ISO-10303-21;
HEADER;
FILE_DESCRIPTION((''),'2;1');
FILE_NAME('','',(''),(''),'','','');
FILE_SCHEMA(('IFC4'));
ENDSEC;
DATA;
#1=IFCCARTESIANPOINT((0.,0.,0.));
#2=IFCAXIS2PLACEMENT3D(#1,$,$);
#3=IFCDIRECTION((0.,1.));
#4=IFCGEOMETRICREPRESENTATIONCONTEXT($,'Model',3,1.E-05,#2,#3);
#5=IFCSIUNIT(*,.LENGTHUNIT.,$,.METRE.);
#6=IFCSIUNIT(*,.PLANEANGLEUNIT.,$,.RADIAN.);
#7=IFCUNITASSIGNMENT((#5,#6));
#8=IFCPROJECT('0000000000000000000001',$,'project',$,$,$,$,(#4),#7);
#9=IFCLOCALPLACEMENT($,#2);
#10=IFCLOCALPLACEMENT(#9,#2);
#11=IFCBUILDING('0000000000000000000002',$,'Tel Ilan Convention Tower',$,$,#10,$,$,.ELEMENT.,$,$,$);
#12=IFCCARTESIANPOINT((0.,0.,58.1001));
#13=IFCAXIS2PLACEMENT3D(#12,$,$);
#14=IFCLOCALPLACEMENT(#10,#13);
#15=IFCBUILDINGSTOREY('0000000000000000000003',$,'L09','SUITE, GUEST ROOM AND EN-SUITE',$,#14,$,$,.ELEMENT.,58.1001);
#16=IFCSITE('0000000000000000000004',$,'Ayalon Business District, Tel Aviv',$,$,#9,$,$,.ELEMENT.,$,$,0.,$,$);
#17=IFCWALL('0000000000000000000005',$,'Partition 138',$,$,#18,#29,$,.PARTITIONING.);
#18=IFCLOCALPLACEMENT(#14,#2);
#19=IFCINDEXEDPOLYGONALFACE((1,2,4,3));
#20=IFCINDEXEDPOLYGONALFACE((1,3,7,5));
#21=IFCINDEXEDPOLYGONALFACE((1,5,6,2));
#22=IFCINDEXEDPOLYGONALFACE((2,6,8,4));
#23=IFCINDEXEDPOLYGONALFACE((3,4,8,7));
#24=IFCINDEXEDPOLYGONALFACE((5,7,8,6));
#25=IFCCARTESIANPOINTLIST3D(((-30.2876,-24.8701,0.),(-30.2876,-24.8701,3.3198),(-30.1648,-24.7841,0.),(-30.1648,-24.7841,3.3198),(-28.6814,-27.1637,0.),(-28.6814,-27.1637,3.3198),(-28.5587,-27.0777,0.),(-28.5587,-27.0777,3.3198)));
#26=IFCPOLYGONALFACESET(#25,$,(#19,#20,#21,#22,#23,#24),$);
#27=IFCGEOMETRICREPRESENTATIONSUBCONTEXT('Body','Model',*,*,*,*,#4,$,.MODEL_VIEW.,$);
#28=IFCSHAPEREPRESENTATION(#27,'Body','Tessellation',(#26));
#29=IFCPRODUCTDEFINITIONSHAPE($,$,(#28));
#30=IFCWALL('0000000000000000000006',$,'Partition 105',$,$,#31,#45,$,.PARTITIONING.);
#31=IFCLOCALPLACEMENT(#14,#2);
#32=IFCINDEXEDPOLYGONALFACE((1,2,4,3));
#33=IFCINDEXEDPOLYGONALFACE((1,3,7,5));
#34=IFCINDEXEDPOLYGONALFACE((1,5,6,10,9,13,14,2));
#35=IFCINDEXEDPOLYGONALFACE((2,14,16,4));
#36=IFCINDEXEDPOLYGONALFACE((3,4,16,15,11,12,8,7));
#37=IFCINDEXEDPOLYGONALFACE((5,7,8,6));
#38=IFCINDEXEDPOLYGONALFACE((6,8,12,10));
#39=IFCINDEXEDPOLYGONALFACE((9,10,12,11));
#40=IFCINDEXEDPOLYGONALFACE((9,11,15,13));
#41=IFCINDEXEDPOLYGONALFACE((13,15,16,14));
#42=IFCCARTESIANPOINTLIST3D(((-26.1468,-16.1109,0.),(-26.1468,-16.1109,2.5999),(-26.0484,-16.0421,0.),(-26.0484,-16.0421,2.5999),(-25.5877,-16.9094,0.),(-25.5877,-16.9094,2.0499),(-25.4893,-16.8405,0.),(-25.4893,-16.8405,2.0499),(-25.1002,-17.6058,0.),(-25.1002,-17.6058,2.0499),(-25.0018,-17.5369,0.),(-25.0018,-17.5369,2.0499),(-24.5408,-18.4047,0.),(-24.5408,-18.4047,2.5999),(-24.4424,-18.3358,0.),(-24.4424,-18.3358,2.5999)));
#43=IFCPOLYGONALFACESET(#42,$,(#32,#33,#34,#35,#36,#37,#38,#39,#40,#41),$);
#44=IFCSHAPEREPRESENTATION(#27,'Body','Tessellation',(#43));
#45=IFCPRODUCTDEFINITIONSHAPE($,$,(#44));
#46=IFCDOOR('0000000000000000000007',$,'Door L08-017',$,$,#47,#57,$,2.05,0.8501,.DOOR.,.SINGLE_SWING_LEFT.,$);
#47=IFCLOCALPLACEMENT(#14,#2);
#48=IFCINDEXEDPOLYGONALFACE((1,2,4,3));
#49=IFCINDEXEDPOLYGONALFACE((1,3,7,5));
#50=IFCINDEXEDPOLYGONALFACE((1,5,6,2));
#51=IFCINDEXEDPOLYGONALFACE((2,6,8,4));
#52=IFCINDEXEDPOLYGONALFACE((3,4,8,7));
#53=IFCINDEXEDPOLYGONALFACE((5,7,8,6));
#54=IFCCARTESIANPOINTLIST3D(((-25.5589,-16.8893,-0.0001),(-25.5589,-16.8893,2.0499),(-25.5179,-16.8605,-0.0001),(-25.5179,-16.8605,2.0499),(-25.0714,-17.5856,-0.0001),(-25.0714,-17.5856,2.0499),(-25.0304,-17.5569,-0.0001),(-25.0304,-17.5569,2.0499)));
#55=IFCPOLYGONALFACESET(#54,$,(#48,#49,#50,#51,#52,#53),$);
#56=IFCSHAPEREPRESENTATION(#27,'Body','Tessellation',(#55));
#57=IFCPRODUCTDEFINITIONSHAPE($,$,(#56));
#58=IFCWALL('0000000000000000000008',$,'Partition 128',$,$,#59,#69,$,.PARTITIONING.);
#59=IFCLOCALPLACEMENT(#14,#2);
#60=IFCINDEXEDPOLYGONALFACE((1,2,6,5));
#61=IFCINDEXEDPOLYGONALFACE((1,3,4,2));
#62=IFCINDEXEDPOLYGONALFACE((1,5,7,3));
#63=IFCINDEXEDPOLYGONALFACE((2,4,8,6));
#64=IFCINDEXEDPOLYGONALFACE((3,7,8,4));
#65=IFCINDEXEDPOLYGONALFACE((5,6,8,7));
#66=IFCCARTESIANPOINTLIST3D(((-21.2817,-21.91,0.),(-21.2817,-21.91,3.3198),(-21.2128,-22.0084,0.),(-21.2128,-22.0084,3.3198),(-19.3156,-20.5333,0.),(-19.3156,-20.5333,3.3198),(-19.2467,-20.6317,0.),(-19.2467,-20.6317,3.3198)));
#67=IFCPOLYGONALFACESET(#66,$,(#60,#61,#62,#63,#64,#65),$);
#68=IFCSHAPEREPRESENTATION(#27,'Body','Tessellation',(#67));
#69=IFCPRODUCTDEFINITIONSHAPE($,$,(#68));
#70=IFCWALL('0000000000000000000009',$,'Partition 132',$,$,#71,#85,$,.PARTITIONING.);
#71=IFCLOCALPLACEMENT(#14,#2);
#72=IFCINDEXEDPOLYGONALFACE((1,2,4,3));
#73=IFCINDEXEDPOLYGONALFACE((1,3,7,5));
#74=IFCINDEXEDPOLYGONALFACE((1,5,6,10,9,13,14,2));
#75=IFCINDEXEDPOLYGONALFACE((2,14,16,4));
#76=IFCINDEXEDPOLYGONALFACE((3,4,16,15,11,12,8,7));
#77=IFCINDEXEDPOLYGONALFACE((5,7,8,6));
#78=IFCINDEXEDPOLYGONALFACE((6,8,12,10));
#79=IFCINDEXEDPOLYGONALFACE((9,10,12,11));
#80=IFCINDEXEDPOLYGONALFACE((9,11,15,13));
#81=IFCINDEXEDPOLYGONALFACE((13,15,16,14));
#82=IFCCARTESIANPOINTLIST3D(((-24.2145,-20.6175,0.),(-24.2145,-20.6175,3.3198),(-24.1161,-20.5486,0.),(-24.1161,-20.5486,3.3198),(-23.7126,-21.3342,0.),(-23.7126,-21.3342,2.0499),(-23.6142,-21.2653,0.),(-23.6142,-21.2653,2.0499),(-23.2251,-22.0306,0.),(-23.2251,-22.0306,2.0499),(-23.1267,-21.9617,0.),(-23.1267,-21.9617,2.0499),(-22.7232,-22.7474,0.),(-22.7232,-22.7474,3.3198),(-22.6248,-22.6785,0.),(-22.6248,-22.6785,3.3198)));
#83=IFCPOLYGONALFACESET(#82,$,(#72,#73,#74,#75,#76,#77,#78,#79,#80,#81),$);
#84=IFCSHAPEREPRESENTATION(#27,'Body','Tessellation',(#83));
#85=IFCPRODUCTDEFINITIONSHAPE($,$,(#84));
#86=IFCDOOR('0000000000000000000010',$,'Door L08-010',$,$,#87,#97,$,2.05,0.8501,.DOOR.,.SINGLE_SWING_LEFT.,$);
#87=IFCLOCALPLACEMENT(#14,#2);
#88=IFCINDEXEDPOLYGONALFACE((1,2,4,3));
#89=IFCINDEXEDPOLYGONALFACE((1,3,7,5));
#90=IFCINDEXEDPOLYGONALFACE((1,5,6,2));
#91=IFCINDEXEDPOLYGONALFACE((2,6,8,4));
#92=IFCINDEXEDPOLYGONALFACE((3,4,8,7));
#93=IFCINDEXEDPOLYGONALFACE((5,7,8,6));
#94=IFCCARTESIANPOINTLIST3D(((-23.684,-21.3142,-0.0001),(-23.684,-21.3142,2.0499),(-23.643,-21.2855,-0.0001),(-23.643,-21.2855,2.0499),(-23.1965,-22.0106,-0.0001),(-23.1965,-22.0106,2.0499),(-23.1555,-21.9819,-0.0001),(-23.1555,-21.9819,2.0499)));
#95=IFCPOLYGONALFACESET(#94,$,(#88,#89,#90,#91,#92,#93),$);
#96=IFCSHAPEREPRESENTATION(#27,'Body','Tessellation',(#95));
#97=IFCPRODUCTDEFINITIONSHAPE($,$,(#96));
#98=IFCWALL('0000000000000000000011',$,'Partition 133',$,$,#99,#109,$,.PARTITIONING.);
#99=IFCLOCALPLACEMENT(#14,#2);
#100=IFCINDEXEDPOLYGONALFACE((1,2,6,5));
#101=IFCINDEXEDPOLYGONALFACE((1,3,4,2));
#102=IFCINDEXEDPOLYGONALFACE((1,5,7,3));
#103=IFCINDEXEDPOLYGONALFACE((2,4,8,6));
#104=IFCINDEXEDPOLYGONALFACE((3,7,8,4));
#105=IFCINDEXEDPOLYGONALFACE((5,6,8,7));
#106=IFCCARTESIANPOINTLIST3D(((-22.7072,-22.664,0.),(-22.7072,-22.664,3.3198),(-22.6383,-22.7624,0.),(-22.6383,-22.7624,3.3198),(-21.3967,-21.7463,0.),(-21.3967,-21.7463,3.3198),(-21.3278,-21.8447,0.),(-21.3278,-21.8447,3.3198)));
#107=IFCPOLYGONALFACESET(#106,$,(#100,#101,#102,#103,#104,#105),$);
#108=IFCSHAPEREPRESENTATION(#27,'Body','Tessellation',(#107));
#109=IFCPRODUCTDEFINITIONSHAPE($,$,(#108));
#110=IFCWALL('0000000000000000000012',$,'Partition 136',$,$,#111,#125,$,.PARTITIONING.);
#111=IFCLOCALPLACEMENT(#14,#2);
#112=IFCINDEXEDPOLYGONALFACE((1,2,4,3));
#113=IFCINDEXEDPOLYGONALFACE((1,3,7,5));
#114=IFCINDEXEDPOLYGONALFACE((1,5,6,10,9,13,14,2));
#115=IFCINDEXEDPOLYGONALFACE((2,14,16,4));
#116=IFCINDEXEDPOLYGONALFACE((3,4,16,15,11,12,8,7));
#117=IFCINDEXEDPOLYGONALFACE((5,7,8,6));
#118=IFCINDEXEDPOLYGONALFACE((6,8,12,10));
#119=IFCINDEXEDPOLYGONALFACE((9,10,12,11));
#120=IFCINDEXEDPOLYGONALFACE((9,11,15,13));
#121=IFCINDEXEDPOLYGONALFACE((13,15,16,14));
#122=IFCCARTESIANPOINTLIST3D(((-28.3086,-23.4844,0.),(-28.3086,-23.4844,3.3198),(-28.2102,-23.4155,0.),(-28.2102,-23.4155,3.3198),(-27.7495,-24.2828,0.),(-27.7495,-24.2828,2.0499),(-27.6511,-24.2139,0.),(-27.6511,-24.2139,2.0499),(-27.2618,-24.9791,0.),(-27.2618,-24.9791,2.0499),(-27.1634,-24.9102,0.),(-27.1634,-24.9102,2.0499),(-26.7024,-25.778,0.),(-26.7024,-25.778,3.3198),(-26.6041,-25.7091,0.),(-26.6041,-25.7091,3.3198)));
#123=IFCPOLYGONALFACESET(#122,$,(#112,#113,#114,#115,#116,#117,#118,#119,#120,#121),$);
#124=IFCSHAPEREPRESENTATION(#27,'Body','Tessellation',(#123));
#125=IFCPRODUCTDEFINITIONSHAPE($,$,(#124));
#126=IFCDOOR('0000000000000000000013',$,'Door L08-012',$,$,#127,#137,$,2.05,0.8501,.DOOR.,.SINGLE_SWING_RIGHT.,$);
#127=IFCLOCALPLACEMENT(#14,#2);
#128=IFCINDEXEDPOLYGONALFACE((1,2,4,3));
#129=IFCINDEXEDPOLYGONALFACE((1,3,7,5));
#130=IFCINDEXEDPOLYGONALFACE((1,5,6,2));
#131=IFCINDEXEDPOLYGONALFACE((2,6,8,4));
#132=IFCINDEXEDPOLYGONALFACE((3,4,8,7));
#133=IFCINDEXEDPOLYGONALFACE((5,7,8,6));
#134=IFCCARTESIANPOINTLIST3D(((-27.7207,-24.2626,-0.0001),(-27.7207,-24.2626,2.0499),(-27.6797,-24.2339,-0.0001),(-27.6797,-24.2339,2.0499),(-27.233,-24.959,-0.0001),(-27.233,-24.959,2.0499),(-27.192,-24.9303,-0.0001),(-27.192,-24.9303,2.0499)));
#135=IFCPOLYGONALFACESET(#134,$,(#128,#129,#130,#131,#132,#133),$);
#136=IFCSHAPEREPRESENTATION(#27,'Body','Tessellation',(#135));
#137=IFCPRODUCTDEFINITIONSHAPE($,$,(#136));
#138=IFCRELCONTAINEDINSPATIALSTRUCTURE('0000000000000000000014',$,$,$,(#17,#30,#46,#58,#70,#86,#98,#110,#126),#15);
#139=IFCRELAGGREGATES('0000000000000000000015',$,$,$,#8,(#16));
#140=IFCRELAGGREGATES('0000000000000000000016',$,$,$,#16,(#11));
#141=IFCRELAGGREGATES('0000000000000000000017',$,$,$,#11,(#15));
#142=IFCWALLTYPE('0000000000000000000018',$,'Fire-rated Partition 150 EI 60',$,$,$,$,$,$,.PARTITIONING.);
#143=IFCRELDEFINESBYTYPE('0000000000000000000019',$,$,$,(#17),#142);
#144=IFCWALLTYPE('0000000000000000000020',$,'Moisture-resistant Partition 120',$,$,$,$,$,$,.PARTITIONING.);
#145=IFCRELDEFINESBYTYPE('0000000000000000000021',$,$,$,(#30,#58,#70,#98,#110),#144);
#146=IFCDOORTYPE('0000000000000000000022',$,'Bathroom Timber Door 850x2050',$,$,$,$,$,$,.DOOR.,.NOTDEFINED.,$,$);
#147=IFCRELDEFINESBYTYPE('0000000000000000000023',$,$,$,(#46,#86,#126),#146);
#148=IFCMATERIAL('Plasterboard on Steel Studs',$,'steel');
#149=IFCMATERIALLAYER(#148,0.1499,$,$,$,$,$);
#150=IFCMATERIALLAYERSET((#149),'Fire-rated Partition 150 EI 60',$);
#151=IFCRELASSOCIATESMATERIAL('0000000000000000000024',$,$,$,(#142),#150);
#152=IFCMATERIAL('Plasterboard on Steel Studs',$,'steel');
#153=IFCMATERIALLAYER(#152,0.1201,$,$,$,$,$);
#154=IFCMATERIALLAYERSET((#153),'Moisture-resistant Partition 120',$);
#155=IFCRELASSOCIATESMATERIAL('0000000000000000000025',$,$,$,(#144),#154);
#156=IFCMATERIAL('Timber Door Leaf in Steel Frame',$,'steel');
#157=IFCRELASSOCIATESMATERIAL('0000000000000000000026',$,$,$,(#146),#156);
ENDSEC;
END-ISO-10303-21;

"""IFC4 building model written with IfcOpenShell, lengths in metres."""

from ifc_helpers import new_model, si_unit, direction, frame, frame_2d, origin, place, context, subcontext, project, spatial, rectangle, extrude, material, layer, layer_set, type_object, element, fill, save


model = new_model("IFC4")

# Units and contexts
model_context = context("Model", 3, precision=1e-05, world=origin(), true_north=direction((0.0, 1.0)))
body_context = subcontext(model_context, "Body", "Model", "MODEL_VIEW")
ifc_project = project(units=[si_unit("LENGTHUNIT", "METRE"), si_unit("PLANEANGLEUNIT", "RADIAN")], contexts=[model_context])

# Site, building, storey
site_placement = place(None, origin())
site = spatial("IfcSite", under=ifc_project, at=site_placement, Name="Ayalon Business District, Tel Aviv", CompositionType="ELEMENT", RefElevation=0.0)
building_placement = place(site_placement, origin())
building = spatial("IfcBuilding", under=site, at=building_placement, Name="Tel Ilan Convention Tower", CompositionType="ELEMENT")
storey_placement = place(building_placement, frame((0.0, 0.0, 58.1001)))
storey = spatial("IfcBuildingStorey", under=building, at=storey_placement, Name="L09", Description="SUITE, GUEST ROOM AND EN-SUITE", CompositionType="ELEMENT", Elevation=58.1001)

# Shared definitions
ifc_material_1 = material(Name="Plasterboard on Steel Studs", Category="steel")
ifc_layer_1 = layer(ifc_material_1, 0.1499)
ifc_layer_set_1 = layer_set([ifc_layer_1], Name="Fire-rated Partition 150 EI 60")
wall_type_1 = type_object("IfcWallType", Name="Fire-rated Partition 150 EI 60", PredefinedType="PARTITIONING", material=ifc_layer_set_1)

# Wall
wall_1_placement = place(storey_placement, frame((-28.6201, -27.1206, 0.0), z_axis=(0.0, 0.0, 1.0), x_axis=(-0.573609, 0.81913, 0.0)))
element("IfcWall", 1, at=wall_1_placement, inside=storey, type_object=wall_type_1, Name="Partition 138", PredefinedType="PARTITIONING", context=body_context, shape_type="SweptSolid", body=[
    extrude(rectangle(XDim=2.8, YDim=0.1499, at=frame_2d((1.3999, 0.0))), origin(), (0.0, 0.0, 1.0), 3.3198),
])

# Wall, opening, door
ifc_material_2 = material(Name="Plasterboard on Steel Studs", Category="steel")
ifc_layer_2 = layer(ifc_material_2, 0.1201)
ifc_layer_set_2 = layer_set([ifc_layer_2], Name="Moisture-resistant Partition 120")
wall_type_2 = type_object("IfcWallType", Name="Moisture-resistant Partition 120", PredefinedType="PARTITIONING", material=ifc_layer_set_2)
wall_2_placement = place(storey_placement, frame((-24.4917, -18.3701, 0.0), z_axis=(0.0, 0.0, 1.0), x_axis=(-0.57355, 0.81917, 0.0)))
wall_2 = element("IfcWall", 2, at=wall_2_placement, inside=storey, type_object=wall_type_2, Name="Partition 105", PredefinedType="PARTITIONING", context=body_context, shape_type="SweptSolid", body=[
    extrude(rectangle(XDim=2.8, YDim=0.1201, at=frame_2d((1.3999, 0.0))), origin(), (0.0, 0.0, 1.0), 2.5999),
])
opening_1_placement = place(wall_2_placement, frame((0.9751, 0.0, 0.0)))
opening_1 = element("IfcOpeningElement", 3, at=opening_1_placement, cuts=wall_2, PredefinedType="OPENING", context=body_context, shape_type="SweptSolid", body=[
    extrude(rectangle(XDim=0.8501, YDim=2.05, at=frame_2d((0.425, 1.0249))), frame((0.0, 0.0701, 0.0), z_axis=(0.0, -1.0, 0.0), x_axis=(1.0, 0.0, 0.0)), (0.0, 0.0, 1.0), 0.1401),
])
ifc_material_3 = material(Name="Timber Door Leaf in Steel Frame", Category="steel")
door_type_1 = type_object("IfcDoorType", Name="Bathroom Timber Door 850x2050", OperationType="NOTDEFINED", PredefinedType="DOOR", material=ifc_material_3)
door_1_placement = place(opening_1_placement, origin())
door_1 = element("IfcDoor", 4, at=door_1_placement, inside=storey, type_object=door_type_1, Name="Door L08-017", OperationType="SINGLE_SWING_LEFT", OverallHeight=2.05, OverallWidth=0.8501, PredefinedType="DOOR", context=body_context, shape_type="SweptSolid", body=[
    extrude(rectangle(XDim=0.8501, YDim=2.05, at=frame_2d((0.425, 1.0249))), frame((0.0, 0.0249, 0.0), z_axis=(0.0, -1.0, 0.0), x_axis=(1.0, 0.0, 0.0)), (0.0, 0.0, 1.0), 0.05),
])
fill(opening_1, door_1)

# Wall
wall_3_placement = place(storey_placement, frame((-21.2473, -21.9592, 0.0), z_axis=(0.0, 0.0, 1.0), x_axis=(0.819141, 0.573592, 0.0)))
element("IfcWall", 5, at=wall_3_placement, inside=storey, type_object=wall_type_2, Name="Partition 128", PredefinedType="PARTITIONING", context=body_context, shape_type="SweptSolid", body=[
    extrude(rectangle(XDim=2.4001, YDim=0.1201, at=frame_2d((1.2002, 0.0))), origin(), (0.0, 0.0, 1.0), 3.3198),
])

# Wall, opening, door
wall_4_placement = place(storey_placement, frame((-24.1653, -20.583, 0.0), z_axis=(0.0, 0.0, 1.0), x_axis=(0.573538, -0.819179, 0.0)))
wall_4 = element("IfcWall", 6, at=wall_4_placement, inside=storey, type_object=wall_type_2, Name="Partition 132", PredefinedType="PARTITIONING", context=body_context, shape_type="SweptSolid", body=[
    extrude(rectangle(XDim=2.6001, YDim=0.1201, at=frame_2d((1.3, 0.0))), origin(), (0.0, 0.0, 1.0), 3.3198),
])
opening_2_placement = place(wall_4_placement, frame((0.875, 0.0, 0.0)))
opening_2 = element("IfcOpeningElement", 7, at=opening_2_placement, cuts=wall_4, PredefinedType="OPENING", context=body_context, shape_type="SweptSolid", body=[
    extrude(rectangle(XDim=0.8501, YDim=2.05, at=frame_2d((0.425, 1.0249))), frame((0.0, 0.0701, 0.0), z_axis=(0.0, -1.0, 0.0), x_axis=(1.0, 0.0, 0.0)), (0.0, 0.0, 1.0), 0.1401),
])
door_2_placement = place(opening_2_placement, origin())
door_2 = element("IfcDoor", 8, at=door_2_placement, inside=storey, type_object=door_type_1, Name="Door L08-010", OperationType="SINGLE_SWING_LEFT", OverallHeight=2.05, OverallWidth=0.8501, PredefinedType="DOOR", context=body_context, shape_type="SweptSolid", body=[
    extrude(rectangle(XDim=0.8501, YDim=2.05, at=frame_2d((0.425, 1.0249))), frame((0.0, 0.0249, 0.0), z_axis=(0.0, -1.0, 0.0), x_axis=(1.0, 0.0, 0.0)), (0.0, 0.0, 1.0), 0.05),
])
fill(opening_2, door_2)

# Wall
wall_5_placement = place(storey_placement, frame((-22.6726, -22.7131, 0.0), z_axis=(0.0, 0.0, 1.0), x_axis=(0.819132, 0.573606, 0.0)))
element("IfcWall", 9, at=wall_5_placement, inside=storey, type_object=wall_type_2, Name="Partition 133", PredefinedType="PARTITIONING", context=body_context, shape_type="SweptSolid", body=[
    extrude(rectangle(XDim=1.5999, YDim=0.1201, at=frame_2d((0.7998, 0.0))), origin(), (0.0, 0.0, 1.0), 3.3198),
])

# Wall, opening, door
wall_6_placement = place(storey_placement, frame((-26.6533, -25.7434, 0.0), z_axis=(0.0, 0.0, 1.0), x_axis=(-0.573609, 0.81913, 0.0)))
wall_6 = element("IfcWall", 10, at=wall_6_placement, inside=storey, type_object=wall_type_2, Name="Partition 136", PredefinedType="PARTITIONING", context=body_context, shape_type="SweptSolid", body=[
    extrude(rectangle(XDim=2.8, YDim=0.1201, at=frame_2d((1.3999, 0.0))), origin(), (0.0, 0.0, 1.0), 3.3198),
])
opening_3_placement = place(wall_6_placement, frame((0.9751, 0.0, 0.0)))
opening_3 = element("IfcOpeningElement", 11, at=opening_3_placement, cuts=wall_6, PredefinedType="OPENING", context=body_context, shape_type="SweptSolid", body=[
    extrude(rectangle(XDim=0.8501, YDim=2.05, at=frame_2d((0.425, 1.0249))), frame((0.0, 0.0701, 0.0), z_axis=(0.0, -1.0, 0.0), x_axis=(1.0, 0.0, 0.0)), (0.0, 0.0, 1.0), 0.1401),
])
door_3_placement = place(opening_3_placement, origin())
door_3 = element("IfcDoor", 12, at=door_3_placement, inside=storey, type_object=door_type_1, Name="Door L08-012", OperationType="SINGLE_SWING_RIGHT", OverallHeight=2.05, OverallWidth=0.8501, PredefinedType="DOOR", context=body_context, shape_type="SweptSolid", body=[
    extrude(rectangle(XDim=0.8501, YDim=2.05, at=frame_2d((0.425, 1.0249))), frame((0.0, 0.0249, 0.0), z_axis=(0.0, -1.0, 0.0), x_axis=(1.0, 0.0, 0.0)), (0.0, 0.0, 1.0), 0.05),
])
fill(opening_3, door_3)

save(model, "model.ifc")
